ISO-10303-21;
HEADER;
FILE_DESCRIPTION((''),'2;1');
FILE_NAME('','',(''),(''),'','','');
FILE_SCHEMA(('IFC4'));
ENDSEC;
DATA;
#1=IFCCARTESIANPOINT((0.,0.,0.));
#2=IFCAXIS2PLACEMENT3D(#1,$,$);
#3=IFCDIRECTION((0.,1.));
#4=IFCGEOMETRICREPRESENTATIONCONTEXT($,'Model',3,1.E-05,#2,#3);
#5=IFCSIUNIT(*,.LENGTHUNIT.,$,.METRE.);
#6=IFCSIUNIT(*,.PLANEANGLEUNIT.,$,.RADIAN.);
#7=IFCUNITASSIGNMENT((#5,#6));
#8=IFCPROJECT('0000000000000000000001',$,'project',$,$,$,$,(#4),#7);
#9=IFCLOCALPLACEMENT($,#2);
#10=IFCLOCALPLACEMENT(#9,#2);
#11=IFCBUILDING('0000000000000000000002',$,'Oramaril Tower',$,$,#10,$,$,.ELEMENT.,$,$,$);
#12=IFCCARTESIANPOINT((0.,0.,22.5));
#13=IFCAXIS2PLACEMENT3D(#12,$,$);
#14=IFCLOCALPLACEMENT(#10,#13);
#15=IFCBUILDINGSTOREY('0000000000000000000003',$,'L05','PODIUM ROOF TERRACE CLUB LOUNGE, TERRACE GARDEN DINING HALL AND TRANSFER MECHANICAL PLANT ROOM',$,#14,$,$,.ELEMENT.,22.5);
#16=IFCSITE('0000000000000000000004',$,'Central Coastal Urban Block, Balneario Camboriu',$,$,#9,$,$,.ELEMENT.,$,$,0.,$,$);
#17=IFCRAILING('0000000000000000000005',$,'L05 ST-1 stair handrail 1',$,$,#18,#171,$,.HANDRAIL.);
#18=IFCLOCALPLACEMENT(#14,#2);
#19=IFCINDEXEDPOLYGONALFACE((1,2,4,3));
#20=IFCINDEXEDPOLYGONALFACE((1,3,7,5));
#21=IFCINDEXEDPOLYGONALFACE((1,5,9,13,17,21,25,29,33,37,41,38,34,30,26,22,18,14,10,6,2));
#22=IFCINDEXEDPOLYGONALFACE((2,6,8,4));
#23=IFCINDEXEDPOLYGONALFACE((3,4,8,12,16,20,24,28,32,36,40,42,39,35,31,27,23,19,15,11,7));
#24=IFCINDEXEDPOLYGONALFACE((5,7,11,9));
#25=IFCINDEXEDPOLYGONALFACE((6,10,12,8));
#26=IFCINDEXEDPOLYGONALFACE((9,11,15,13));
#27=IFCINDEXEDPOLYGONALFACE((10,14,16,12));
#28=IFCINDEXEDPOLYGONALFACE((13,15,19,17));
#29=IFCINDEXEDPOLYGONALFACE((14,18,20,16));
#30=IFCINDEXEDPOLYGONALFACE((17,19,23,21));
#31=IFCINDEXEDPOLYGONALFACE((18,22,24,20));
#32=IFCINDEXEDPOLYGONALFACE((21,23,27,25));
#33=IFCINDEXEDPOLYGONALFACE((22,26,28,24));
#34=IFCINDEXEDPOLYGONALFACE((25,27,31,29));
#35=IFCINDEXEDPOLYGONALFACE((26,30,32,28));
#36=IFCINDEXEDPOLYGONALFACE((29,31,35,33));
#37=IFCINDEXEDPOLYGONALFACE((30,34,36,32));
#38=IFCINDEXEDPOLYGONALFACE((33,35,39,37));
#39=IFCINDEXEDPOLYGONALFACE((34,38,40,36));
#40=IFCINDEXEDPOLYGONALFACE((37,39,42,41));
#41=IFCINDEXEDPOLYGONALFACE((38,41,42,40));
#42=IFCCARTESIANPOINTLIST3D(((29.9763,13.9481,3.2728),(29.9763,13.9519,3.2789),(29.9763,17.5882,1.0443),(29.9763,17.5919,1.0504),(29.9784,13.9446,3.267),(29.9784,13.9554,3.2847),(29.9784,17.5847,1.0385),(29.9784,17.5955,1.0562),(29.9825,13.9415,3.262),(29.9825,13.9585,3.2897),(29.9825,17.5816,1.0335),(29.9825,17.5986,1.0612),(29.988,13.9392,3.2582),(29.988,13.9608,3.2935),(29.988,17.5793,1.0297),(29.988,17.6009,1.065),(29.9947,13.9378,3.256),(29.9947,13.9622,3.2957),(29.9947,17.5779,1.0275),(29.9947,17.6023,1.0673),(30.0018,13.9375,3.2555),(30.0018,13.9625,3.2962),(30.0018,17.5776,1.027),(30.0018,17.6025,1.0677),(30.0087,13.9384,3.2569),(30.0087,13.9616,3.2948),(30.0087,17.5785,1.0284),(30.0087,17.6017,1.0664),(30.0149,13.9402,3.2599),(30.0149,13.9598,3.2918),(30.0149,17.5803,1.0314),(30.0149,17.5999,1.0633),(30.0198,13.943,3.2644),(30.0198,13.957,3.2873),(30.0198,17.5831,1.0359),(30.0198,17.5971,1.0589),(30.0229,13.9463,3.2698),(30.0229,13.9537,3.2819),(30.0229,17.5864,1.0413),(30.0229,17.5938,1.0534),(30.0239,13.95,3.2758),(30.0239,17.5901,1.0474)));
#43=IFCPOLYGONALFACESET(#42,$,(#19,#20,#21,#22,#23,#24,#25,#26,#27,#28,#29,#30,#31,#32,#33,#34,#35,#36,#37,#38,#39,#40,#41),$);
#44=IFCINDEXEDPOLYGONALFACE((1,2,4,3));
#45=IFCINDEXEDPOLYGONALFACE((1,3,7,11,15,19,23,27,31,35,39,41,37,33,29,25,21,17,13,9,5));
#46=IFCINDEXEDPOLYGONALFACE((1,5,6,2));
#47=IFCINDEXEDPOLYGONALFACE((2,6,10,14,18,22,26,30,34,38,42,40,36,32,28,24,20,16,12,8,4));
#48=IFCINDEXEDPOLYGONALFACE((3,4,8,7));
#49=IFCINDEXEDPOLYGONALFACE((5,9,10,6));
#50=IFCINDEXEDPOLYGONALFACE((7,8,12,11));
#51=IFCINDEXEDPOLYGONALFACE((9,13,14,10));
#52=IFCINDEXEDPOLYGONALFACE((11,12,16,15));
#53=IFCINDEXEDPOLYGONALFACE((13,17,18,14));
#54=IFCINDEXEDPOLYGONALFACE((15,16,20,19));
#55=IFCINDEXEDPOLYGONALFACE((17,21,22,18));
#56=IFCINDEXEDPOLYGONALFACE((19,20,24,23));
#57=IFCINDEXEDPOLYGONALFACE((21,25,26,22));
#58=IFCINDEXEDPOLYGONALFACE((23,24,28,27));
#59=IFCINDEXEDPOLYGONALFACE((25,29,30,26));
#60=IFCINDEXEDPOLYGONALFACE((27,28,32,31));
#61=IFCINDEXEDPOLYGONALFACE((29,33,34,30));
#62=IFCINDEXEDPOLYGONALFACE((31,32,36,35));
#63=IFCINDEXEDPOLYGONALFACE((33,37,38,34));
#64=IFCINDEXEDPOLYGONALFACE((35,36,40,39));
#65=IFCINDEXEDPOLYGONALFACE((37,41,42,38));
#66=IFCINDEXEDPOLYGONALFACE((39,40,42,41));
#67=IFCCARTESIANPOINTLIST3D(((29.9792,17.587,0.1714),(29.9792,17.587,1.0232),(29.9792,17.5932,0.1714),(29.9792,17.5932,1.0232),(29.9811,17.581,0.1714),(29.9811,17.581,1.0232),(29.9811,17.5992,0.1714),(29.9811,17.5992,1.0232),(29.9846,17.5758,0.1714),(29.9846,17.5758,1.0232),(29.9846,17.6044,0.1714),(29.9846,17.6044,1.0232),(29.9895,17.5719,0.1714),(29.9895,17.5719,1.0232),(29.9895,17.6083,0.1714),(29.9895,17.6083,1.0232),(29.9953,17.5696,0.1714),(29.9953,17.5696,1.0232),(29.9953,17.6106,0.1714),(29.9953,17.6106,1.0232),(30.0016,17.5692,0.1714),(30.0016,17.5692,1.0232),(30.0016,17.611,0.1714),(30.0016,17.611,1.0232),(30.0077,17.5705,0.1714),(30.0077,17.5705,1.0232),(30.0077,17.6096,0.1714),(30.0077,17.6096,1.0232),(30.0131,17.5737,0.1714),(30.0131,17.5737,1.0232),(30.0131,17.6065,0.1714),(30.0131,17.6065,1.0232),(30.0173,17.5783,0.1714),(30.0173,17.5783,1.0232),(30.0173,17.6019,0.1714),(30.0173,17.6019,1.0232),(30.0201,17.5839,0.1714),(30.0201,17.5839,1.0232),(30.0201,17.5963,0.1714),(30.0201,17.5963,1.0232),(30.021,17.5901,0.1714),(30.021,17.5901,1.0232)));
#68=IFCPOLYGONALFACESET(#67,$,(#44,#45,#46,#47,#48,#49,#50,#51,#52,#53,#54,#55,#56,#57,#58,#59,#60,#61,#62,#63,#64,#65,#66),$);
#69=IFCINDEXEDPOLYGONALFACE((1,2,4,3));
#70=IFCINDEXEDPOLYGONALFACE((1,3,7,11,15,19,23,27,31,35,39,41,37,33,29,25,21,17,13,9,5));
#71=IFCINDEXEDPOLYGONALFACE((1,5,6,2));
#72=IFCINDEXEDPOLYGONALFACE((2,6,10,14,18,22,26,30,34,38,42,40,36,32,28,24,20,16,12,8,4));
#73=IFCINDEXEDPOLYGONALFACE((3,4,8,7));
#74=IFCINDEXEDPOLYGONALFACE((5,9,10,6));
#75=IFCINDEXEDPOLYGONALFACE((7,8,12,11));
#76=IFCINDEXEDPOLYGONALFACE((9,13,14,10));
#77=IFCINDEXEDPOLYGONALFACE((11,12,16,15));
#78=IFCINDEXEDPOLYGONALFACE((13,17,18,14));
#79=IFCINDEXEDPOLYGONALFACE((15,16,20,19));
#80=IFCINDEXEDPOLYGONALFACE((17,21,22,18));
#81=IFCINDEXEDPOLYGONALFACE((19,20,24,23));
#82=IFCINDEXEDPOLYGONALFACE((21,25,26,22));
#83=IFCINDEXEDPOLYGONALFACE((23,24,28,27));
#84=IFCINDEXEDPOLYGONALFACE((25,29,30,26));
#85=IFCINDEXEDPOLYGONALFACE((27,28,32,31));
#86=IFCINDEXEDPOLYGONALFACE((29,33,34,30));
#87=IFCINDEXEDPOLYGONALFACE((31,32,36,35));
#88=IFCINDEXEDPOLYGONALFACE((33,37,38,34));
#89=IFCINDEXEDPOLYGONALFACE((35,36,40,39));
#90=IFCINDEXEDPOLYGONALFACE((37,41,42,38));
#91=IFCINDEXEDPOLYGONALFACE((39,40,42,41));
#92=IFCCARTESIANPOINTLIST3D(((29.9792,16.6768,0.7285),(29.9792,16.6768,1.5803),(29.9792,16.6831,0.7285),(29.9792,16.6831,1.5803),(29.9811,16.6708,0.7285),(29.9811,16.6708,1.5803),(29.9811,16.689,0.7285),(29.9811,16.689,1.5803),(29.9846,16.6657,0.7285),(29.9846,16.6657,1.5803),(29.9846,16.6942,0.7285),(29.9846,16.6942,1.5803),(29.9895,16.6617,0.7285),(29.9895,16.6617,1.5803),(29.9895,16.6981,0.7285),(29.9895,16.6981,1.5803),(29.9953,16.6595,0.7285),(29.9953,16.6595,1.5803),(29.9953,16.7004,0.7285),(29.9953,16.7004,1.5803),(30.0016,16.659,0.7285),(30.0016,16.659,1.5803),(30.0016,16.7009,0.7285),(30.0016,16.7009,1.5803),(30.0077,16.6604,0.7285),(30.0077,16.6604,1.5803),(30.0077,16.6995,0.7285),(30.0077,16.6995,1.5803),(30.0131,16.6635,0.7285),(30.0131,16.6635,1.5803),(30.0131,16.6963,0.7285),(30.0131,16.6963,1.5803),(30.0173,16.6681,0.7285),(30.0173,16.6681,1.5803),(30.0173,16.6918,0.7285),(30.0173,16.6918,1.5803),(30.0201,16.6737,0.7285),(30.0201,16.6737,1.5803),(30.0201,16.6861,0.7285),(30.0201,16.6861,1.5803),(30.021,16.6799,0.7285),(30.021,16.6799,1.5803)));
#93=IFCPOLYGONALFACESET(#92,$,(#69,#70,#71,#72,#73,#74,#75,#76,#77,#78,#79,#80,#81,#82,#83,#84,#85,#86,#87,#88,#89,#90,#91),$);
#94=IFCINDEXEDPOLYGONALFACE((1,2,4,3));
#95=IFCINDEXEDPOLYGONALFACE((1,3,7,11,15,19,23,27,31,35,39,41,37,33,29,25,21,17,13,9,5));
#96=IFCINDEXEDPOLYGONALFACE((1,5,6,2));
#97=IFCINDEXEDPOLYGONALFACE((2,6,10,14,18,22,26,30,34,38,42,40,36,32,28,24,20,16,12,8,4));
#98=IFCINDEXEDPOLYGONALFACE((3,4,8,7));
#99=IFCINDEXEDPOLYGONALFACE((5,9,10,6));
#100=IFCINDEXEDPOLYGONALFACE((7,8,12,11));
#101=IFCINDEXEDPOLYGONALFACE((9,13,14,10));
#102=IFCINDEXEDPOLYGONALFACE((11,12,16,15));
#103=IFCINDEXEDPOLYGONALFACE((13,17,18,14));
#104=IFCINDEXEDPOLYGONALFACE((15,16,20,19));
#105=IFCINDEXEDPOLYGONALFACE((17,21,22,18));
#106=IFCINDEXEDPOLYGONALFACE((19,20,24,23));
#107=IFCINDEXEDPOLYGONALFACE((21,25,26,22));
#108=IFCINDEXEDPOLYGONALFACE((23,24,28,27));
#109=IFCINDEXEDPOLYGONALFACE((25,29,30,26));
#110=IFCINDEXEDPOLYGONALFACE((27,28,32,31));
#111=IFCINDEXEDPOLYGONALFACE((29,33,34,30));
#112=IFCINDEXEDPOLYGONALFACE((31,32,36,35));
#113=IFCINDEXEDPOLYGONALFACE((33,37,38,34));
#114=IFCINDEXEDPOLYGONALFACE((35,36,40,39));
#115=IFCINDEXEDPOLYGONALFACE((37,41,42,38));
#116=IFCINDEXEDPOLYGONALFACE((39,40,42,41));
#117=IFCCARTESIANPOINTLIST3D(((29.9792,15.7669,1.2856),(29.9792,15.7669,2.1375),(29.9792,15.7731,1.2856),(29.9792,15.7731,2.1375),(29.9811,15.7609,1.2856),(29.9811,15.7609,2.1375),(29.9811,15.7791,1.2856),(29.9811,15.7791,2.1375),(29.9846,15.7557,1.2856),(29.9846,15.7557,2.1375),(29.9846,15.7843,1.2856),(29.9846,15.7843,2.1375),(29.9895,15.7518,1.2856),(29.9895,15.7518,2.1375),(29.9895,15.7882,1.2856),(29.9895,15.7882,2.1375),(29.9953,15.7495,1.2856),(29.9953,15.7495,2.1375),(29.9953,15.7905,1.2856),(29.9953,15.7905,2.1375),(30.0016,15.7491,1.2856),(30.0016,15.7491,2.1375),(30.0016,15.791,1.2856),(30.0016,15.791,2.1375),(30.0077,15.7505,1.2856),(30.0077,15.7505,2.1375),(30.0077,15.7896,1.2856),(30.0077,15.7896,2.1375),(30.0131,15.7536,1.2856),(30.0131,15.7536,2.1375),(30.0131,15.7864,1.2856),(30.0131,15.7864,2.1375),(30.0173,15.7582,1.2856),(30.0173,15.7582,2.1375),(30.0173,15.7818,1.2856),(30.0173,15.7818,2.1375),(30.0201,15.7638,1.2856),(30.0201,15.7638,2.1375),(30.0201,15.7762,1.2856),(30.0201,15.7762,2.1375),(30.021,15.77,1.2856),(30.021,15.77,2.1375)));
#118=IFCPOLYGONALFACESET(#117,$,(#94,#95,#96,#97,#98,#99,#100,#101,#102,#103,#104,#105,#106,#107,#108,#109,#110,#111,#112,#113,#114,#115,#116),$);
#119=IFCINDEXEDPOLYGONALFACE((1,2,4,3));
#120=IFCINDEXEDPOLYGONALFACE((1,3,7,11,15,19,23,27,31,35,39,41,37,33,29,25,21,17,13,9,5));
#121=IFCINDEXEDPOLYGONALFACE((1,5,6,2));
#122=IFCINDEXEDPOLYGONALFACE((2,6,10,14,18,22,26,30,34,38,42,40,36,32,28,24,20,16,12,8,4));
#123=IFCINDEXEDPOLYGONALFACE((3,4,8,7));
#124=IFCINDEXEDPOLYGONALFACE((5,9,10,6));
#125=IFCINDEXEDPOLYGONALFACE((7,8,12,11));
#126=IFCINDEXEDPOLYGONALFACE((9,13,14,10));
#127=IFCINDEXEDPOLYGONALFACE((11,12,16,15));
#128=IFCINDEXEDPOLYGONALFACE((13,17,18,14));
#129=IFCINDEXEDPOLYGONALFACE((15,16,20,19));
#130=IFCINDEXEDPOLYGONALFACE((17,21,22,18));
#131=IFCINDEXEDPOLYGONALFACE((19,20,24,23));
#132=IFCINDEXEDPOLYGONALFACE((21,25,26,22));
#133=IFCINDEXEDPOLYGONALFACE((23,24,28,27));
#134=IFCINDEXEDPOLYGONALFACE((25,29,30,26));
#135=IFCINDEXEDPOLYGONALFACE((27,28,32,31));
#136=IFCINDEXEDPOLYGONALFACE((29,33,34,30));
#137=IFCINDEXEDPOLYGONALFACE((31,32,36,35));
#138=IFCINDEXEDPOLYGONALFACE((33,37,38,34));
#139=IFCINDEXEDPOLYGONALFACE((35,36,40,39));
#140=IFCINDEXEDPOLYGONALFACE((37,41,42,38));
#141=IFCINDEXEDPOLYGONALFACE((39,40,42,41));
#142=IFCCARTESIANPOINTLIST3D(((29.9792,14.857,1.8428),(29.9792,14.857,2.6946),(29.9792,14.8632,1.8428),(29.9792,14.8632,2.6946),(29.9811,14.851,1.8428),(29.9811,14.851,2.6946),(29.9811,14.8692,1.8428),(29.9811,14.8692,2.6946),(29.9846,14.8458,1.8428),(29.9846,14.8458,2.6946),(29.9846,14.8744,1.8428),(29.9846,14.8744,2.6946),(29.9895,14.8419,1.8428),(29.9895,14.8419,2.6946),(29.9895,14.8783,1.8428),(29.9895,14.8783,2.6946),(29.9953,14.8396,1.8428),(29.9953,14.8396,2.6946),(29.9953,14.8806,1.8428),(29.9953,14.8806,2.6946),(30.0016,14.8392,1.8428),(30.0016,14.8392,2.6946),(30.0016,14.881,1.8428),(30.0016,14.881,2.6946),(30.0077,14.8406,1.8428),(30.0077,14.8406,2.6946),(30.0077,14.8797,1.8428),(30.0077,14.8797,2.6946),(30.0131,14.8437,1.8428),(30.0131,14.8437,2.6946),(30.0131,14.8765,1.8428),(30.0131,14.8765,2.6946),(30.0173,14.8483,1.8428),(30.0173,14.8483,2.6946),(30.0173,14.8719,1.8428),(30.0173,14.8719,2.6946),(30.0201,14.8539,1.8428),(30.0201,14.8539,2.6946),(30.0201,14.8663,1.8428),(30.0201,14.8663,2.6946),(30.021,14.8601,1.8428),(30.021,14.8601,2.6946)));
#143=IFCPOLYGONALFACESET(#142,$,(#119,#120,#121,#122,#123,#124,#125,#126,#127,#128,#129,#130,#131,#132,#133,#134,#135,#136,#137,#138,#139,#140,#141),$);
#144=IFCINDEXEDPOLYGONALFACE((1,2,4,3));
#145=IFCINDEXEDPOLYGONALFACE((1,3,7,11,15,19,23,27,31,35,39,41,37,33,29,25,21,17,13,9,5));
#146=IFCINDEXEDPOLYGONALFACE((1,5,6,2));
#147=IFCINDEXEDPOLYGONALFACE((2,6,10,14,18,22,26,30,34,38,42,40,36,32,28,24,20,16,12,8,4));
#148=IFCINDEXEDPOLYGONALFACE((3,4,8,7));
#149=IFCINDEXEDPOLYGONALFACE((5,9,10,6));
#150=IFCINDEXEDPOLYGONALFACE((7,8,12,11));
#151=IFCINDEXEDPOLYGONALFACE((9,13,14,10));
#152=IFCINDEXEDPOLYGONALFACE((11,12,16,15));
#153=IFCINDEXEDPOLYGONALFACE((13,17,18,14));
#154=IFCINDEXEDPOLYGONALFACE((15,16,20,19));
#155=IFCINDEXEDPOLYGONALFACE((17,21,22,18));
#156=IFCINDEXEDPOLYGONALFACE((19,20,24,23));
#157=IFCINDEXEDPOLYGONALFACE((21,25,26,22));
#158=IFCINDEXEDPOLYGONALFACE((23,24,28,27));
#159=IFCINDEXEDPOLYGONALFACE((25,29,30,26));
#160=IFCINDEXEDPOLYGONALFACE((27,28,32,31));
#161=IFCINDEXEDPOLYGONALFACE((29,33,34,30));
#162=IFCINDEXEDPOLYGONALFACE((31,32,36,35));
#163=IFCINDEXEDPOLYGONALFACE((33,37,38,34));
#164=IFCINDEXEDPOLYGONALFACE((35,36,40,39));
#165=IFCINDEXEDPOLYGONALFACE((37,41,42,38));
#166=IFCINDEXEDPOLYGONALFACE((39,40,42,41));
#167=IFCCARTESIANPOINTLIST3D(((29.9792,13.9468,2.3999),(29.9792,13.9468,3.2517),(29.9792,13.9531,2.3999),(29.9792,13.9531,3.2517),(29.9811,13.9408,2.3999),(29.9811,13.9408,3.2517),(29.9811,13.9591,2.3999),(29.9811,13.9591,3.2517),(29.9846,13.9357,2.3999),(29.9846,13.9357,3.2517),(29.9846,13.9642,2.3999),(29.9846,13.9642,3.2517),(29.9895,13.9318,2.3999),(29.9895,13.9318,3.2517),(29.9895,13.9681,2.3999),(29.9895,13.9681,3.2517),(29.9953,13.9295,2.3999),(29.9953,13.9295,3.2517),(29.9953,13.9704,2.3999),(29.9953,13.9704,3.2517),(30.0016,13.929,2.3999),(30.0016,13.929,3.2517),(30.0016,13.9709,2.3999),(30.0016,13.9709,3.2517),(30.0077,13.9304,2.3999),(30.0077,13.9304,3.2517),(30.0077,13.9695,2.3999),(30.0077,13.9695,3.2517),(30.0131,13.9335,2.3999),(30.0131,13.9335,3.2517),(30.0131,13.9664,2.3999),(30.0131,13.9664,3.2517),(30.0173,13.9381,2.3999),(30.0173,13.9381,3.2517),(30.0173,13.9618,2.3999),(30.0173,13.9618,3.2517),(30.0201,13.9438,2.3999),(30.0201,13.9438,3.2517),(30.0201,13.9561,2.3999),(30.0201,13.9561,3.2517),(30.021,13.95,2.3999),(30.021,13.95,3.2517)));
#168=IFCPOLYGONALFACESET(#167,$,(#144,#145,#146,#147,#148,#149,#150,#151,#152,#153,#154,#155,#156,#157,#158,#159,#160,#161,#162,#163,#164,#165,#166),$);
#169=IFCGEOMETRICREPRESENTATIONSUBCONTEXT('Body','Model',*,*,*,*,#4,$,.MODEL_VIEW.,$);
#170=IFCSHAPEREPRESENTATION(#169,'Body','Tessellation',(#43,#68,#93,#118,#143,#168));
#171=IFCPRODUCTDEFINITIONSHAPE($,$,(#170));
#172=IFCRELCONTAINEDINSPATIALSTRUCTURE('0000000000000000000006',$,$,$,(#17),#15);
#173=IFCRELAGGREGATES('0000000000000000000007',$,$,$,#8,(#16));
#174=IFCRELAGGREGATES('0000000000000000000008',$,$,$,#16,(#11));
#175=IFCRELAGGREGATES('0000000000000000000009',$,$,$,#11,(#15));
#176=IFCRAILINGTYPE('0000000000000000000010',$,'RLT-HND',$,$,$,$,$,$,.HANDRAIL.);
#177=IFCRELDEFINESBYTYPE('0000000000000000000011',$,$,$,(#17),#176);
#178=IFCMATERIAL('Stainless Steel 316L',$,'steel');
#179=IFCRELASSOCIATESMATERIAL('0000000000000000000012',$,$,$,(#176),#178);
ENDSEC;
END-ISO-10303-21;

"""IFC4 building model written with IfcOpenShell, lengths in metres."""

from ifc_helpers import new_model, si_unit, direction, frame, origin, origin_2d, place, context, subcontext, project, spatial, circle, extrude, material, type_object, element, save


model = new_model("IFC4")

# Units and contexts
model_context = context("Model", 3, precision=1e-05, world=origin(), true_north=direction((0.0, 1.0)))
body_context = subcontext(model_context, "Body", "Model", "MODEL_VIEW")
ifc_project = project(units=[si_unit("LENGTHUNIT", "METRE"), si_unit("PLANEANGLEUNIT", "RADIAN")], contexts=[model_context])

# Site, building, storey
site_placement = place(None, origin())
site = spatial("IfcSite", under=ifc_project, at=site_placement, Name="Central Coastal Urban Block, Balneario Camboriu", CompositionType="ELEMENT", RefElevation=0.0)
building_placement = place(site_placement, origin())
building = spatial("IfcBuilding", under=site, at=building_placement, Name="Oramaril Tower", CompositionType="ELEMENT")
storey_placement = place(building_placement, frame((0.0, 0.0, 22.5)))
storey = spatial("IfcBuildingStorey", under=building, at=storey_placement, Name="L05", Description="PODIUM ROOF TERRACE CLUB LOUNGE, TERRACE GARDEN DINING HALL AND TRANSFER MECHANICAL PLANT ROOM", CompositionType="ELEMENT", Elevation=22.5)

# Railing
ifc_material_1 = material(Name="Stainless Steel 316L", Category="steel")
railing_type_1 = type_object("IfcRailingType", Name="RLT-HND", PredefinedType="HANDRAIL", material=ifc_material_1)
railing_1_placement = place(storey_placement, frame((30.0, 17.5901, 0.1714)))
element("IfcRailing", 1, at=railing_1_placement, inside=storey, type_object=railing_type_1, Name="L05 ST-1 stair handrail 1", PredefinedType="HANDRAIL", context=body_context, shape_type="SweptSolid", body=[
    extrude(circle(Radius=0.0239, at=origin_2d()), frame((0.0, 0.0, 0.876), z_axis=(0.0, -0.852866, 0.52213), x_axis=(1.0, 0.0, 0.0)), (0.0, 0.0, 1.0), 4.2681),
    extrude(circle(Radius=0.021, at=origin_2d()), origin(), (0.0, 0.0, 1.0), 0.8518),
    extrude(circle(Radius=0.021, at=origin_2d()), frame((0.0, -0.9102, 0.5571)), (0.0, 0.0, 1.0), 0.8518),
    extrude(circle(Radius=0.021, at=origin_2d()), frame((0.0, -1.8201, 1.1143)), (0.0, 0.0, 1.0), 0.8518),
    extrude(circle(Radius=0.021, at=origin_2d()), frame((0.0, -2.73, 1.6714)), (0.0, 0.0, 1.0), 0.8518),
    extrude(circle(Radius=0.021, at=origin_2d()), frame((0.0, -3.6401, 2.2285)), (0.0, 0.0, 1.0), 0.8518),
])

save(model, "model.ifc")
